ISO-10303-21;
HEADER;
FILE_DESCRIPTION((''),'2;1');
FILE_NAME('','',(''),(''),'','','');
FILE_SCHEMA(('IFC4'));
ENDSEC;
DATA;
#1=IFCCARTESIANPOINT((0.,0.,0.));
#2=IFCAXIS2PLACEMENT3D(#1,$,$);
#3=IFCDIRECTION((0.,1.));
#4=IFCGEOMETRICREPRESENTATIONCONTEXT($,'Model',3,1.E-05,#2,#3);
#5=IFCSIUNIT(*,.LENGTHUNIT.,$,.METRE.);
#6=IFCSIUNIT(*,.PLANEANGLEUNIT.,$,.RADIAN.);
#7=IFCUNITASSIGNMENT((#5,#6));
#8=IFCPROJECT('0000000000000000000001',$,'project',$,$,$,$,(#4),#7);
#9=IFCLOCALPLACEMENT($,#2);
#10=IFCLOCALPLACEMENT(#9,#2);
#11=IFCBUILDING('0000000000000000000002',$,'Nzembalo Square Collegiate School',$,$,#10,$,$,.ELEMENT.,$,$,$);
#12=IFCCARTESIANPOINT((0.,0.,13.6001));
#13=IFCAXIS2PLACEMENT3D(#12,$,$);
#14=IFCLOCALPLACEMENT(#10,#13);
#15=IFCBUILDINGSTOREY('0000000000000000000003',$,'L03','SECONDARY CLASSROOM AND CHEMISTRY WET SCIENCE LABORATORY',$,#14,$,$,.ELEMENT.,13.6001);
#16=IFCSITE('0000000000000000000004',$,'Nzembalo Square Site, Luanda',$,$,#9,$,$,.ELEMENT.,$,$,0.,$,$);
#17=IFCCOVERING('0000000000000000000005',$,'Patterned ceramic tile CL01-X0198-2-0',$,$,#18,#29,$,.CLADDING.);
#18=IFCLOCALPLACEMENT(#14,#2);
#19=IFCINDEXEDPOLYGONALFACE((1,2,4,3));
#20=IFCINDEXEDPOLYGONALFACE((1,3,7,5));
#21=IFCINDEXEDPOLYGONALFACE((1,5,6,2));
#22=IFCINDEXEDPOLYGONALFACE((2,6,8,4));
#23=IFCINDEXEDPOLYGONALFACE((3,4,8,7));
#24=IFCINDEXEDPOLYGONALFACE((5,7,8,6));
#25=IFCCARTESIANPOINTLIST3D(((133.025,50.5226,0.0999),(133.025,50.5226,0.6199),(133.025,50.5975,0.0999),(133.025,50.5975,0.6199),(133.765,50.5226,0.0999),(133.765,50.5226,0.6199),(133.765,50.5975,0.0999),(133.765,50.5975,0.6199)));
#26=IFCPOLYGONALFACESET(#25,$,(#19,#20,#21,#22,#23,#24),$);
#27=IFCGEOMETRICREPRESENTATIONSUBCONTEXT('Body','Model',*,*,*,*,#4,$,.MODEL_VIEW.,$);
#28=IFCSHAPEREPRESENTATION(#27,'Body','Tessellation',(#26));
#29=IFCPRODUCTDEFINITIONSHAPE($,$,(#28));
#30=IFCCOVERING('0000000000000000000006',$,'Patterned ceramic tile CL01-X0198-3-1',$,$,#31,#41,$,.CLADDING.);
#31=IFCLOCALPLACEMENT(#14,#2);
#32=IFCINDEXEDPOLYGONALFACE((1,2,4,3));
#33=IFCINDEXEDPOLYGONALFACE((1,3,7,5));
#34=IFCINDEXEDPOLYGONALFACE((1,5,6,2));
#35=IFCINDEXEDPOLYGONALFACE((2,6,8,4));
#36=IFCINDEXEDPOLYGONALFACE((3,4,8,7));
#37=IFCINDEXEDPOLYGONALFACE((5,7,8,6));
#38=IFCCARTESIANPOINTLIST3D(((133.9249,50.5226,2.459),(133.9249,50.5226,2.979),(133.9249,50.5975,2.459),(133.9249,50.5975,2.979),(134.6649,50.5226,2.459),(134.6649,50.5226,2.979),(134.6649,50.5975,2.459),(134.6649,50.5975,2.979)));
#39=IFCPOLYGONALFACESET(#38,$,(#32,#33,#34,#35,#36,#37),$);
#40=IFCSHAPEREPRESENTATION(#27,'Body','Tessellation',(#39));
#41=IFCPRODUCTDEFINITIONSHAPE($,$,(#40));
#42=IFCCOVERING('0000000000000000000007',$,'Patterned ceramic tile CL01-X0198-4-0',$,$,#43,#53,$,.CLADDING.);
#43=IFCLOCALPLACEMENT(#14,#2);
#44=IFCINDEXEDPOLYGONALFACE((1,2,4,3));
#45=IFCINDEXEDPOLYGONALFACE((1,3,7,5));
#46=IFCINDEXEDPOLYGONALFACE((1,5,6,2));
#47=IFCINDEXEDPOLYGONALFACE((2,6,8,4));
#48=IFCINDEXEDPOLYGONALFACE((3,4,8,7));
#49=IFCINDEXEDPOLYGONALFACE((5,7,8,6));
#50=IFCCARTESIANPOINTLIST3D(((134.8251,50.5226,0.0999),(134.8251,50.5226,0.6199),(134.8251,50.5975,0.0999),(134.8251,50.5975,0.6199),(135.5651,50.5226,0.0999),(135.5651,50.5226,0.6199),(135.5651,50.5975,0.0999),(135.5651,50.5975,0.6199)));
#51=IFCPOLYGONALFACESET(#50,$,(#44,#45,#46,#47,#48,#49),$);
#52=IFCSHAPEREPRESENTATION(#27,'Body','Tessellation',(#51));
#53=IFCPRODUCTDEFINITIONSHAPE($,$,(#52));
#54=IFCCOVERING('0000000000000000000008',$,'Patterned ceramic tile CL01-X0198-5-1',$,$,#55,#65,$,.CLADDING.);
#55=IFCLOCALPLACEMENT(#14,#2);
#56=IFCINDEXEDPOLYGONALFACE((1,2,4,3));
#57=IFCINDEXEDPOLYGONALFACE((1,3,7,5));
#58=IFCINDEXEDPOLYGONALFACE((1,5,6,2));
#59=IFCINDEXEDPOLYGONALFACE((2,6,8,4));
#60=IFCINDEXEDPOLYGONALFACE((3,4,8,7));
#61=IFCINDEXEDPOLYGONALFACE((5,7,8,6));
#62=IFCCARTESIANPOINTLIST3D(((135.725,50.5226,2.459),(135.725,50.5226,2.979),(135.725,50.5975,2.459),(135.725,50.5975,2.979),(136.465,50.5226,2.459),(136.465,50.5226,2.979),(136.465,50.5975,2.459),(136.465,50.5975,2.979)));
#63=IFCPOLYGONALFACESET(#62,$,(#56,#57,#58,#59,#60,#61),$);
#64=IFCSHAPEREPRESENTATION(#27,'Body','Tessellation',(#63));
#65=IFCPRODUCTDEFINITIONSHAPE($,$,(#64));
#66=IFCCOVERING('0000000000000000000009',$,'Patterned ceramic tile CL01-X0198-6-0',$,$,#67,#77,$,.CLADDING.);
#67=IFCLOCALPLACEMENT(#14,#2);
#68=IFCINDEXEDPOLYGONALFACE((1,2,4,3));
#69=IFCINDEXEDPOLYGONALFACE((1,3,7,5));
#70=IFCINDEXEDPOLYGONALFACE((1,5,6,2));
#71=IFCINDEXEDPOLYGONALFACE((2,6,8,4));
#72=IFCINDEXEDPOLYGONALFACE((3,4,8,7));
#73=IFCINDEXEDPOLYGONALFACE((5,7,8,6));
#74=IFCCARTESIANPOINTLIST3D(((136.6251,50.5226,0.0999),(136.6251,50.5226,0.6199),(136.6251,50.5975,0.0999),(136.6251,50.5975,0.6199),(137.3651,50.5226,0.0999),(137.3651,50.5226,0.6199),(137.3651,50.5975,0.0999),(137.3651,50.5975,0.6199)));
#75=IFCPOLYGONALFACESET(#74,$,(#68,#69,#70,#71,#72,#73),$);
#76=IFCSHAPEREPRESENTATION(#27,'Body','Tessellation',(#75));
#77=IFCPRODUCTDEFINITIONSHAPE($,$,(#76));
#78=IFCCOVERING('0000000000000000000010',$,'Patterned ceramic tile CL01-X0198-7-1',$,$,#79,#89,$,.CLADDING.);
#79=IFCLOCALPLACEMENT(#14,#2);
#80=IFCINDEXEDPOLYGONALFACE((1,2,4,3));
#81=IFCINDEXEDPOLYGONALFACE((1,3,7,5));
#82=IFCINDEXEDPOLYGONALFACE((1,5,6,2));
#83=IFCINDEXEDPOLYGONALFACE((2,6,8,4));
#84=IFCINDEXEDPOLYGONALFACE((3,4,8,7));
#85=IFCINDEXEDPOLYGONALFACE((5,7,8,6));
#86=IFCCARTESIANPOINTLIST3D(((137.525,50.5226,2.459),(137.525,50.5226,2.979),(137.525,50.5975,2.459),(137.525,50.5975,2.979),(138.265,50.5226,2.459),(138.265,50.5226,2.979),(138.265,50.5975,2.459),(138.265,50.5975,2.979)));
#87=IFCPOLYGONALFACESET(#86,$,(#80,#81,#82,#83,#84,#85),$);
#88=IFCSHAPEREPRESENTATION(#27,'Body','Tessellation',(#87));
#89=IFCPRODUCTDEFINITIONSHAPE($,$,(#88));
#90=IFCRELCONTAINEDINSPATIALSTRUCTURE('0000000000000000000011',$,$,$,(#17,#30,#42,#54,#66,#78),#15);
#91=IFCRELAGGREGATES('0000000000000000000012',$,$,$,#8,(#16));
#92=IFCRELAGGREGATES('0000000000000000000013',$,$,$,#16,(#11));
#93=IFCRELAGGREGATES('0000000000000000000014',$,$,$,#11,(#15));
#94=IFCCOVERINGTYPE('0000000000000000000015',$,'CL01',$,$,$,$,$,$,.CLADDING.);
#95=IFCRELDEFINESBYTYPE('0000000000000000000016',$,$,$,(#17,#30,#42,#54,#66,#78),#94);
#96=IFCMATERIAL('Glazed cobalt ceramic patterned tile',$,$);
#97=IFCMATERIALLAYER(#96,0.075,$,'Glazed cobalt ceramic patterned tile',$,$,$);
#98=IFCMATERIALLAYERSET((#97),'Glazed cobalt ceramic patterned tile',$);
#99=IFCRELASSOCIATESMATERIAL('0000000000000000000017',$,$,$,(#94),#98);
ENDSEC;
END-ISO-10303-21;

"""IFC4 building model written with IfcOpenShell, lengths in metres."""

from ifc_helpers import new_model, si_unit, direction, frame, origin, origin_2d, place, context, subcontext, project, spatial, rectangle, extrude, material, layer, layer_set, type_object, element, save


model = new_model("IFC4")

# Units and contexts
model_context = context("Model", 3, precision=1e-05, world=origin(), true_north=direction((0.0, 1.0)))
body_context = subcontext(model_context, "Body", "Model", "MODEL_VIEW")
ifc_project = project(units=[si_unit("LENGTHUNIT", "METRE"), si_unit("PLANEANGLEUNIT", "RADIAN")], contexts=[model_context])

# Site, building, storey
site_placement = place(None, origin())
site = spatial("IfcSite", under=ifc_project, at=site_placement, Name="Nzembalo Square Site, Luanda", CompositionType="ELEMENT", RefElevation=0.0)
building_placement = place(site_placement, origin())
building = spatial("IfcBuilding", under=site, at=building_placement, Name="Nzembalo Square Collegiate School", CompositionType="ELEMENT")
storey_placement = place(building_placement, frame((0.0, 0.0, 13.6001)))
storey = spatial("IfcBuildingStorey", under=building, at=storey_placement, Name="L03", Description="SECONDARY CLASSROOM AND CHEMISTRY WET SCIENCE LABORATORY", CompositionType="ELEMENT", Elevation=13.6001)

# Coverings
ifc_material_1 = material(Name="Glazed cobalt ceramic patterned tile")
ifc_layer_1 = layer(ifc_material_1, 0.075, Name="Glazed cobalt ceramic patterned tile")
ifc_layer_set_1 = layer_set([ifc_layer_1], Name="Glazed cobalt ceramic patterned tile")
covering_type = type_object("IfcCoveringType", Name="CL01", PredefinedType="CLADDING", material=ifc_layer_set_1)
for number, where, z_axis, x_axis, name in (
    (1, (133.395, 50.5601, 0.0999), (0.0, 0.0, 1.0), (1.0, 0.0, 0.0), "Patterned ceramic tile CL01-X0198-2-0"),
    (2, (134.2949, 50.5601, 2.459), (0.0, 0.0, 1.0), (1.0, 0.0, 0.0), "Patterned ceramic tile CL01-X0198-3-1"),
    (3, (135.1951, 50.5601, 0.0999), (0.0, 0.0, 1.0), (1.0, 0.0, 0.0), "Patterned ceramic tile CL01-X0198-4-0"),
    (4, (136.095, 50.5601, 2.459), (0.0, 0.0, 1.0), (1.0, 0.0, 0.0), "Patterned ceramic tile CL01-X0198-5-1"),
    (5, (136.9951, 50.5601, 0.0999), (0.0, 0.0, 1.0), (1.0, 0.0, 0.0), "Patterned ceramic tile CL01-X0198-6-0"),
    (6, (137.895, 50.5601, 2.459), (0.0, 0.0, 1.0), (1.0, 0.0, 0.0), "Patterned ceramic tile CL01-X0198-7-1"),
):
    element("IfcCovering", number, at=place(storey_placement, frame(where, z_axis=z_axis, x_axis=x_axis)), inside=storey, type_object=covering_type, Name=name, PredefinedType="CLADDING", context=body_context, shape_type="SweptSolid", body=[
        extrude(rectangle(XDim=0.74, YDim=0.075, at=origin_2d()), origin(), (0.0, 0.0, 1.0), 0.52),
    ])

save(model, "model.ifc")
